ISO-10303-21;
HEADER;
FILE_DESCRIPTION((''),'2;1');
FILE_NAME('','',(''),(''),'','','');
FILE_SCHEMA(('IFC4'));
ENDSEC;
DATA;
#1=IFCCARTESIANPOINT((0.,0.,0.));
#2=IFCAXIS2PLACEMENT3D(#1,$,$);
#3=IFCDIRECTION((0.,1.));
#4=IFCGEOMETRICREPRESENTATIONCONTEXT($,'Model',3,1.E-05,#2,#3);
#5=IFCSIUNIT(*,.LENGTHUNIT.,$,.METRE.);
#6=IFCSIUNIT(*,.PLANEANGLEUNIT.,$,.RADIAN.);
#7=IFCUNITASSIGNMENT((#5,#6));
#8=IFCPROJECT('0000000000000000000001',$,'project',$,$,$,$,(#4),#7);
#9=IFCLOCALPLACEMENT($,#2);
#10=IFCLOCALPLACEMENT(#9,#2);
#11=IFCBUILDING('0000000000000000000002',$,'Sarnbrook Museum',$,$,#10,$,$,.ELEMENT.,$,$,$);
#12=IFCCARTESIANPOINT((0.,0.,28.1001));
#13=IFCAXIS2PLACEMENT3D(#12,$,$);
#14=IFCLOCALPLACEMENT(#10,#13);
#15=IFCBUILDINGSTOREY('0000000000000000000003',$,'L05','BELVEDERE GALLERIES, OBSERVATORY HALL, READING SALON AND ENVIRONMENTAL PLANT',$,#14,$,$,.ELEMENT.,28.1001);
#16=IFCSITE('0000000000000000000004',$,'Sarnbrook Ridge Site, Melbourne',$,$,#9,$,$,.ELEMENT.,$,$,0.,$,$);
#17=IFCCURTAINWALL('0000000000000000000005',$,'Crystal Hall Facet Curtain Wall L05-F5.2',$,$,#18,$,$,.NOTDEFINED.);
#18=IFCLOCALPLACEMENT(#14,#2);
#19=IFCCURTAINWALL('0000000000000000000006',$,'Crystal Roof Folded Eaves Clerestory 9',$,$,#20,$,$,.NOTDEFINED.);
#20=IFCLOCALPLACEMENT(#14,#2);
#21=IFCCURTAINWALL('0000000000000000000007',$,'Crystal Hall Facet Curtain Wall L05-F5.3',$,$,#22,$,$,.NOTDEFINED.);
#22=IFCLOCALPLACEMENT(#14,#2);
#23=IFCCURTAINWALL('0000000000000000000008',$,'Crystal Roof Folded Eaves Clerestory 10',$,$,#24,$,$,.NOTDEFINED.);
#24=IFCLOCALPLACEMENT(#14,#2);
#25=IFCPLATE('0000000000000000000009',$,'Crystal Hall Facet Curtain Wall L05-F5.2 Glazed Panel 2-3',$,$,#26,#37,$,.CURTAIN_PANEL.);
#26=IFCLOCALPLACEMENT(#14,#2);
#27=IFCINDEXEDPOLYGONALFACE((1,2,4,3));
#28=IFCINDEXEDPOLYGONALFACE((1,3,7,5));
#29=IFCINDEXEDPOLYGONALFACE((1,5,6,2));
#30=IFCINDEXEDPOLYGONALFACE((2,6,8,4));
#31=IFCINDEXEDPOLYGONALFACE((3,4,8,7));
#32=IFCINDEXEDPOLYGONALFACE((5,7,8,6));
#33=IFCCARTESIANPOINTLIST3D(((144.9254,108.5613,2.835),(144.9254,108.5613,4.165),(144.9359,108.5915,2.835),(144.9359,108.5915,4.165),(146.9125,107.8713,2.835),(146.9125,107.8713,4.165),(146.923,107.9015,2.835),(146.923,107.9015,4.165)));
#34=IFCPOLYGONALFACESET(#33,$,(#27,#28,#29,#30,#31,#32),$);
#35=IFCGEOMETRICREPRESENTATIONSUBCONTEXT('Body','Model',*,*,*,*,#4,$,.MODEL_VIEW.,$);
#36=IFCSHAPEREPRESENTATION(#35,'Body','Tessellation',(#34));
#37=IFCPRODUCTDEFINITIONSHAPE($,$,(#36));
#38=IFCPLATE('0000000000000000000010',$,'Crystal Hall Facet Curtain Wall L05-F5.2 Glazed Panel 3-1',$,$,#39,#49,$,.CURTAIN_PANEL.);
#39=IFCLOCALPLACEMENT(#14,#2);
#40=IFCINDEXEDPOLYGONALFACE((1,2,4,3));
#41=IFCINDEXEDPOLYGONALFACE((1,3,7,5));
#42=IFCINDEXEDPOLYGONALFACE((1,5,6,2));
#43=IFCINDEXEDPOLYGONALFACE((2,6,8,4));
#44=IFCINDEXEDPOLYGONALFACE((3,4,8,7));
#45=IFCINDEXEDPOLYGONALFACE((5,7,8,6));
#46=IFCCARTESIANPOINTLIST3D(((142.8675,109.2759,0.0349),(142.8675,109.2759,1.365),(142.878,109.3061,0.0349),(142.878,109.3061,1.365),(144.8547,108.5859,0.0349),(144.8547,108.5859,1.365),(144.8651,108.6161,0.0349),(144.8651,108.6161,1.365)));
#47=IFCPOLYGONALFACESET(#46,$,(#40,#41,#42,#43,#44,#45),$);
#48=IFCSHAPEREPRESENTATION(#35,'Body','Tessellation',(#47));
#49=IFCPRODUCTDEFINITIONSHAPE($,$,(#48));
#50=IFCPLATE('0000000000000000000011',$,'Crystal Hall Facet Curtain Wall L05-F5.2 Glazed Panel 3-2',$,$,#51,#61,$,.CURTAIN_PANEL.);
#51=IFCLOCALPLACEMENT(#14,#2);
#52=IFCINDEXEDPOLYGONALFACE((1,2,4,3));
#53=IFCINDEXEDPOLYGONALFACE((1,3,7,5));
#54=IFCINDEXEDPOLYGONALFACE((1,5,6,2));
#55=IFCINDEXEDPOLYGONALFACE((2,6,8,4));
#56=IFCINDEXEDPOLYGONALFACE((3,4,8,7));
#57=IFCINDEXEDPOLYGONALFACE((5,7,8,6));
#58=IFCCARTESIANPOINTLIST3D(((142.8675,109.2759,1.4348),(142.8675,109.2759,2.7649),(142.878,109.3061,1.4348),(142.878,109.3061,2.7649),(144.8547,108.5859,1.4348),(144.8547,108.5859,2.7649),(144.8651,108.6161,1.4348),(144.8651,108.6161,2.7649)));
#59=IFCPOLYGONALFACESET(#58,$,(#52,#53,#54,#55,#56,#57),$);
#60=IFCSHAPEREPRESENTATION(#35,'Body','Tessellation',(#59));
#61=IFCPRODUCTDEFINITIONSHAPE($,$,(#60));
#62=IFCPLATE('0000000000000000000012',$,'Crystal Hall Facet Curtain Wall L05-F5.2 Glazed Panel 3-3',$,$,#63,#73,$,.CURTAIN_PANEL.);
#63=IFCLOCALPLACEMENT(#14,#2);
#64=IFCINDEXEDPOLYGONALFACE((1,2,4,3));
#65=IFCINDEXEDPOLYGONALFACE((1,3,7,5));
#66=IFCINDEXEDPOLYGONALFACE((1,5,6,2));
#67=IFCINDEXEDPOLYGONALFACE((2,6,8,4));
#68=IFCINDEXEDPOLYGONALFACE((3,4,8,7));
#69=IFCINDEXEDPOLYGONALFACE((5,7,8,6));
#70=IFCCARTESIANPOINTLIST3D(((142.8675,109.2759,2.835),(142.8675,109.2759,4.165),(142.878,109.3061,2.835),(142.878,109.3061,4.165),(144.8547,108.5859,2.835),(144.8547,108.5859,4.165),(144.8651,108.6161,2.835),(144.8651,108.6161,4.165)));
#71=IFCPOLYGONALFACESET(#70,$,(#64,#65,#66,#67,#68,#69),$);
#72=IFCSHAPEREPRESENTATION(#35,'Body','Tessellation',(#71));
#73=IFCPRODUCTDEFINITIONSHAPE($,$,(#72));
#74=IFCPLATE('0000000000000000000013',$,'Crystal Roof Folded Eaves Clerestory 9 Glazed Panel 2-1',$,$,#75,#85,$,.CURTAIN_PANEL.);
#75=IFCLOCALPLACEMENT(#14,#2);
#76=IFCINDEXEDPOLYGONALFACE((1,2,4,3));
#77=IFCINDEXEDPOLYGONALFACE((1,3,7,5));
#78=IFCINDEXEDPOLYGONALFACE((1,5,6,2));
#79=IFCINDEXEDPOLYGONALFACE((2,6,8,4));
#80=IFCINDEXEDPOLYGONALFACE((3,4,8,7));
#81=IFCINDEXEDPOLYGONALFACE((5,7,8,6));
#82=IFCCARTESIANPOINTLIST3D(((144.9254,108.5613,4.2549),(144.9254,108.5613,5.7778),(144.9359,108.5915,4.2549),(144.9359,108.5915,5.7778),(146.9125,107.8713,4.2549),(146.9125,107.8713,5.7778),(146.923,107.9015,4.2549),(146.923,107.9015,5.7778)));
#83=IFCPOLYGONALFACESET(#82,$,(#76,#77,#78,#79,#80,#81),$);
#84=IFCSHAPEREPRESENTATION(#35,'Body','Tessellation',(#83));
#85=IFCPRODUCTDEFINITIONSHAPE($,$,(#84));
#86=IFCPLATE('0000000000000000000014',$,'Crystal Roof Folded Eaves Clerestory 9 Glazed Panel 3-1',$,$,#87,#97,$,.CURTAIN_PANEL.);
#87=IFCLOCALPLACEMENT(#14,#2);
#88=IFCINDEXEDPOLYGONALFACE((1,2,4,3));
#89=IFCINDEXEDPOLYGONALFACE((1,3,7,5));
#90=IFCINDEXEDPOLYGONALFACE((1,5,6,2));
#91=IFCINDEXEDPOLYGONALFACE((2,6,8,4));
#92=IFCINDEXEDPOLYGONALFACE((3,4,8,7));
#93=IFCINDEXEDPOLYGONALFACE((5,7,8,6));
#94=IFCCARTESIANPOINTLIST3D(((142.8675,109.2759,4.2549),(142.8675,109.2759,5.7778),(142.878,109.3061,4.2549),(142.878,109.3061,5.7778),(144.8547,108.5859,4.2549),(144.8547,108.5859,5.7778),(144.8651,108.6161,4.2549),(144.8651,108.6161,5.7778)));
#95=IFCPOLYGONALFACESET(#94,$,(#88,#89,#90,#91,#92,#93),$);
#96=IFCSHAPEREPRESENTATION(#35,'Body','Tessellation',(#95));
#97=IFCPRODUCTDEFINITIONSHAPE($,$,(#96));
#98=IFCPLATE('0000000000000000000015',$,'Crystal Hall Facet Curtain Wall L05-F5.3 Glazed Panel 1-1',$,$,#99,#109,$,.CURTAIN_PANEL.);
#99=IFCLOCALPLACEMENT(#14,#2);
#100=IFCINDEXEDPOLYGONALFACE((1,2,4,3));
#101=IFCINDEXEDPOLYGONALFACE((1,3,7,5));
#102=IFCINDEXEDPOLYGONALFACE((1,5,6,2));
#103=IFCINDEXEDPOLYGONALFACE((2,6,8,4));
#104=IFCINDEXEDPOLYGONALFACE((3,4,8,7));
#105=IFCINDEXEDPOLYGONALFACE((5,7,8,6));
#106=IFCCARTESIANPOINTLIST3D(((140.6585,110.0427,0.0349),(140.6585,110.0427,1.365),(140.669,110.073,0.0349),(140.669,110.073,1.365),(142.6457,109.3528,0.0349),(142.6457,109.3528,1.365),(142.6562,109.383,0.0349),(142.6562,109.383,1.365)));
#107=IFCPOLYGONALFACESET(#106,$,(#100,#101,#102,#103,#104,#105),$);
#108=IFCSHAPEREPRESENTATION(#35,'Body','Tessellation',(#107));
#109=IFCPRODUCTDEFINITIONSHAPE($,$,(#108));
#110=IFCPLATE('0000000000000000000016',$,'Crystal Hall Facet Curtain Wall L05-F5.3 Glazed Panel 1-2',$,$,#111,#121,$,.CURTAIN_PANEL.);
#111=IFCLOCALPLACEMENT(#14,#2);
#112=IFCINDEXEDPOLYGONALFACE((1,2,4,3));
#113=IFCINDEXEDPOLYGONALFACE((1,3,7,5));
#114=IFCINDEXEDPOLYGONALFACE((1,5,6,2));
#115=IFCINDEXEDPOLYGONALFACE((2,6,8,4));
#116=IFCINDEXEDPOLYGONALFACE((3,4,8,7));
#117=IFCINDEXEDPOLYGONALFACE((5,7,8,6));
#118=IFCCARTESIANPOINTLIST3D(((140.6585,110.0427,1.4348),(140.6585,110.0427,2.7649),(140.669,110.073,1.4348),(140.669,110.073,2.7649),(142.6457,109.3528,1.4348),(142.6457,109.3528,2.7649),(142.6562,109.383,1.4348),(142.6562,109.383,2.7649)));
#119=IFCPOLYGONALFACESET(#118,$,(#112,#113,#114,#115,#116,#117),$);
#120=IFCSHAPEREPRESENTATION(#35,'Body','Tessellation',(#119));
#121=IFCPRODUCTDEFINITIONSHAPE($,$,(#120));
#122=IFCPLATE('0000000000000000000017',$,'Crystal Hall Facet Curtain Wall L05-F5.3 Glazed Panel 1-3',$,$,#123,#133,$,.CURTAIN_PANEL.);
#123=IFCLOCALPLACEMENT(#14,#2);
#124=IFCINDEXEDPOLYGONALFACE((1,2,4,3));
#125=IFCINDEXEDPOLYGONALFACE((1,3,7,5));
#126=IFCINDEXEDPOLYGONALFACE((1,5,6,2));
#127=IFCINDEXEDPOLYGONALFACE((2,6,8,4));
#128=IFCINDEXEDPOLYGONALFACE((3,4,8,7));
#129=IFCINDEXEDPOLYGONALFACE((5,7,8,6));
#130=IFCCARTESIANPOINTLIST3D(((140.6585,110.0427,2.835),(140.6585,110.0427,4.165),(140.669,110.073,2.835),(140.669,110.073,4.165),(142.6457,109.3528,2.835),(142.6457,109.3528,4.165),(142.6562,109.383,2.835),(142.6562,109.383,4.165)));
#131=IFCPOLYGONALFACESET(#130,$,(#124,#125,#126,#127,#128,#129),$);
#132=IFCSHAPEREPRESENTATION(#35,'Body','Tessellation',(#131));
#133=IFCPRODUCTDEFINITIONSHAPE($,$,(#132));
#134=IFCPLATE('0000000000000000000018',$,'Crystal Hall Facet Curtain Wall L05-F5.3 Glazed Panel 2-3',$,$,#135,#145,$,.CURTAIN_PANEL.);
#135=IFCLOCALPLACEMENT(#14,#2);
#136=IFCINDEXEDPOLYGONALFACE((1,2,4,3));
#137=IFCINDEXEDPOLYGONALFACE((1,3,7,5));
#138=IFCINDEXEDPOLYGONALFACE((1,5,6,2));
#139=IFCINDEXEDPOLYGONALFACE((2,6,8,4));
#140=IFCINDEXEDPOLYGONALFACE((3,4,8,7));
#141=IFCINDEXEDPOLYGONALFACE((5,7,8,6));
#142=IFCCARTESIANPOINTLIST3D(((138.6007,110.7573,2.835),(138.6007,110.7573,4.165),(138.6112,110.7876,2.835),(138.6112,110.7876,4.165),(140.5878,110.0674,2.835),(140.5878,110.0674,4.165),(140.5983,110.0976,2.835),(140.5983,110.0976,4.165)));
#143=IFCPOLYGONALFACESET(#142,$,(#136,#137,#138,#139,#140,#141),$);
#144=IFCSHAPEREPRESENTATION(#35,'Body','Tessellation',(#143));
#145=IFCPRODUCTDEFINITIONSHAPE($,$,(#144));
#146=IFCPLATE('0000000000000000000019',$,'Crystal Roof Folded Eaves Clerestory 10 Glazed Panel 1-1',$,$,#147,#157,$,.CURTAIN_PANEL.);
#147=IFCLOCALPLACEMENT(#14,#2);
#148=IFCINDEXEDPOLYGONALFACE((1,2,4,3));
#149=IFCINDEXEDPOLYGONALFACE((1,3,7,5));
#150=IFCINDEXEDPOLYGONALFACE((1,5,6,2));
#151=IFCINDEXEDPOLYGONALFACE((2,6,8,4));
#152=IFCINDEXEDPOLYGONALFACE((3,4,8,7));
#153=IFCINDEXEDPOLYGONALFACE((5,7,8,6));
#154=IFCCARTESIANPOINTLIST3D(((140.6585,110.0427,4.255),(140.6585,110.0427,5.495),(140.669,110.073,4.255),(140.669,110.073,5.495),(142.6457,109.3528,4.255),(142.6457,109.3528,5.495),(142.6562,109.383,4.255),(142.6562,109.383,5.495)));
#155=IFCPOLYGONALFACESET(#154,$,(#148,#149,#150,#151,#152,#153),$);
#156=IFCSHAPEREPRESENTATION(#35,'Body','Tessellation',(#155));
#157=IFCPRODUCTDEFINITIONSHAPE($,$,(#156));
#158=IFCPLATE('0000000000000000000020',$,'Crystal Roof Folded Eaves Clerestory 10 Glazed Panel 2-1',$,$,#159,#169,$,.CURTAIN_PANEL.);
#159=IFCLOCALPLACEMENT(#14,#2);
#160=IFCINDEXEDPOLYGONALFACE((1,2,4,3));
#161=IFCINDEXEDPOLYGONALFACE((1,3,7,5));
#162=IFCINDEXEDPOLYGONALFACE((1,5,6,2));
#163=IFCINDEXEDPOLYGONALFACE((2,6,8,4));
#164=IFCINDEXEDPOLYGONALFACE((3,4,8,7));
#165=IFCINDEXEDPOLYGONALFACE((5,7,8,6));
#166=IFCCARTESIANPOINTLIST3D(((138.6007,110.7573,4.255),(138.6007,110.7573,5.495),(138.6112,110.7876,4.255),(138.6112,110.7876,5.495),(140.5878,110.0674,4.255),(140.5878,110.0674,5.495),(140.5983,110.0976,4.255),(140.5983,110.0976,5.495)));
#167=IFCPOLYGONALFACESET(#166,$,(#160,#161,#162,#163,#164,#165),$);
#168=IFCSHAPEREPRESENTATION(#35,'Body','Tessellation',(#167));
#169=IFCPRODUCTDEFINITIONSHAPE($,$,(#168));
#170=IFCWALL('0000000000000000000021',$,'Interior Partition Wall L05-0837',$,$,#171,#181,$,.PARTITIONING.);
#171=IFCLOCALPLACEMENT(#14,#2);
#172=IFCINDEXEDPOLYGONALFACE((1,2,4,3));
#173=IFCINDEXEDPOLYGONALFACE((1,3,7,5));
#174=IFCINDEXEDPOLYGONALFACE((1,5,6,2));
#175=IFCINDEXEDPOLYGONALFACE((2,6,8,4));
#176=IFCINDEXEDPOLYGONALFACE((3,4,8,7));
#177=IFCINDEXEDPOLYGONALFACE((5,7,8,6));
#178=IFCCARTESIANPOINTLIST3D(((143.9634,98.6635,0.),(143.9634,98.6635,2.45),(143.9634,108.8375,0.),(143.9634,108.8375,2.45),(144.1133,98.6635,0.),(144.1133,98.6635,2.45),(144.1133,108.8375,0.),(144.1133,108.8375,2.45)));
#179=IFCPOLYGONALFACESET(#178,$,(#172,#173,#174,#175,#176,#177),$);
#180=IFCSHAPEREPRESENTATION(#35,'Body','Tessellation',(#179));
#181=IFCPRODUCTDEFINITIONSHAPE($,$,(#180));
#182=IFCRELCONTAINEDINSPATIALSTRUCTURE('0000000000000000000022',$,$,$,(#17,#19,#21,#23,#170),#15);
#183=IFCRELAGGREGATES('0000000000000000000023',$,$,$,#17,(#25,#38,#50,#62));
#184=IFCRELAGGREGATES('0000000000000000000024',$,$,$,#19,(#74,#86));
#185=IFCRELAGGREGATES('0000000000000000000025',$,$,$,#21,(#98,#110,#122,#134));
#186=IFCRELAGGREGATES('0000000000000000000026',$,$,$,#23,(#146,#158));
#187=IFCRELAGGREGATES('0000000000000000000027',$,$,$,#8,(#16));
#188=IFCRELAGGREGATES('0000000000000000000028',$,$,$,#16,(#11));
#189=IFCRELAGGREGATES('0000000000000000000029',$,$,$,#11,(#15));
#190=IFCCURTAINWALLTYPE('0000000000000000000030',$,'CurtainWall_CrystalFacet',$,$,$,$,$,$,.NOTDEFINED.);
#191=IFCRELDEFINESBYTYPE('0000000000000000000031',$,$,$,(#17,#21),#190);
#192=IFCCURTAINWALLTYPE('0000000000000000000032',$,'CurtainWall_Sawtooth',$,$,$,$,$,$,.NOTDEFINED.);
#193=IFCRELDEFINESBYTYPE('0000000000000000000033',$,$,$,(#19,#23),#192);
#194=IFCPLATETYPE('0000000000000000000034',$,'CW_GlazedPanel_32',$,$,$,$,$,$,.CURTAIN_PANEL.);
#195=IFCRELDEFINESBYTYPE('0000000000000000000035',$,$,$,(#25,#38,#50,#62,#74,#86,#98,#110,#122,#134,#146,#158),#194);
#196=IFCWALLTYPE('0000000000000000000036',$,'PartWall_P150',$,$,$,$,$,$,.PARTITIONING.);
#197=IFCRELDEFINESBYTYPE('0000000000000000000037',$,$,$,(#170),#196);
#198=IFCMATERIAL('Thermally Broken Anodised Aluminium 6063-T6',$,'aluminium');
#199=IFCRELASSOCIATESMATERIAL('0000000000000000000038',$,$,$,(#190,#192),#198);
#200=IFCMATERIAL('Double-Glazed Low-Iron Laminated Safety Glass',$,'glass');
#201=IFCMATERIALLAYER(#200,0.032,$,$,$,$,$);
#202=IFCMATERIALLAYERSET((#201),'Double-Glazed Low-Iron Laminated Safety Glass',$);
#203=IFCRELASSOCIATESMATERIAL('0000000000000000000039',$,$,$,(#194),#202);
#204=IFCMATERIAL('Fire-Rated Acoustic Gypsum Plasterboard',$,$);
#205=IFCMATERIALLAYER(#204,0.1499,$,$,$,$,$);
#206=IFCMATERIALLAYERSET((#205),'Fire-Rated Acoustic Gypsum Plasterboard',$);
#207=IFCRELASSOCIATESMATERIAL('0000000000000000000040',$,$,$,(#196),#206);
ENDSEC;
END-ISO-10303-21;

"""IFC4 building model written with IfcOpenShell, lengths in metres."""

from ifc_helpers import new_model, si_unit, direction, frame, frame_2d, origin, origin_2d, place, context, subcontext, project, spatial, rectangle, extrude, material, layer, layer_set, type_object, element, aggregate, save


model = new_model("IFC4")

# Units and contexts
model_context = context("Model", 3, precision=1e-05, world=origin(), true_north=direction((0.0, 1.0)))
body_context = subcontext(model_context, "Body", "Model", "MODEL_VIEW")
ifc_project = project(units=[si_unit("LENGTHUNIT", "METRE"), si_unit("PLANEANGLEUNIT", "RADIAN")], contexts=[model_context])

# Site, building, storey
site_placement = place(None, origin())
site = spatial("IfcSite", under=ifc_project, at=site_placement, Name="Sarnbrook Ridge Site, Melbourne", CompositionType="ELEMENT", RefElevation=0.0)
building_placement = place(site_placement, origin())
building = spatial("IfcBuilding", under=site, at=building_placement, Name="Sarnbrook Museum", CompositionType="ELEMENT")
storey_placement = place(building_placement, frame((0.0, 0.0, 28.1001)))
storey = spatial("IfcBuildingStorey", under=building, at=storey_placement, Name="L05", Description="BELVEDERE GALLERIES, OBSERVATORY HALL, READING SALON AND ENVIRONMENTAL PLANT", CompositionType="ELEMENT", Elevation=28.1001)

# Curtain walls
ifc_material_1 = material(Name="Thermally Broken Anodised Aluminium 6063-T6", Category="aluminium")
curtain_wall_type_1 = type_object("IfcCurtainWallType", Name="CurtainWall_CrystalFacet", PredefinedType="NOTDEFINED", material=ifc_material_1)
curtain_wall_1_placement = place(storey_placement, origin())
curtain_wall_1 = element("IfcCurtainWall", 1, at=curtain_wall_1_placement, inside=storey, type_object=curtain_wall_type_1, Name="Crystal Hall Facet Curtain Wall L05-F5.2", PredefinedType="NOTDEFINED")
curtain_wall_type_2 = type_object("IfcCurtainWallType", Name="CurtainWall_Sawtooth", PredefinedType="NOTDEFINED", material=ifc_material_1)
curtain_wall_2_placement = place(storey_placement, origin())
curtain_wall_2 = element("IfcCurtainWall", 2, at=curtain_wall_2_placement, inside=storey, type_object=curtain_wall_type_2, Name="Crystal Roof Folded Eaves Clerestory 9", PredefinedType="NOTDEFINED")
curtain_wall_3_placement = place(storey_placement, origin())
curtain_wall_3 = element("IfcCurtainWall", 3, at=curtain_wall_3_placement, inside=storey, type_object=curtain_wall_type_1, Name="Crystal Hall Facet Curtain Wall L05-F5.3", PredefinedType="NOTDEFINED")
curtain_wall_4_placement = place(storey_placement, origin())
curtain_wall_4 = element("IfcCurtainWall", 4, at=curtain_wall_4_placement, inside=storey, type_object=curtain_wall_type_2, Name="Crystal Roof Folded Eaves Clerestory 10", PredefinedType="NOTDEFINED")

# Plates
ifc_material_2 = material(Name="Double-Glazed Low-Iron Laminated Safety Glass", Category="glass")
ifc_layer_1 = layer(ifc_material_2, 0.032)
ifc_layer_set_1 = layer_set([ifc_layer_1], Name="Double-Glazed Low-Iron Laminated Safety Glass")
plate_type = type_object("IfcPlateType", Name="CW_GlazedPanel_32", PredefinedType="CURTAIN_PANEL", material=ifc_layer_set_1)
plate_1_placement = place(storey_placement, frame((145.9189, 108.2163, 3.5), z_axis=(0.328015, 0.944673, 0.0), x_axis=(-0.944673, 0.328015, 0.0)))
plate_1 = element("IfcPlate", 5, at=plate_1_placement, type_object=plate_type, Name="Crystal Hall Facet Curtain Wall L05-F5.2 Glazed Panel 2-3", PredefinedType="CURTAIN_PANEL", context=body_context, shape_type="SweptSolid", body=[
    extrude(rectangle(XDim=2.1035, YDim=1.3301, at=origin_2d()), origin(), (0.0, 0.0, 1.0), 0.032),
])
plate_2_placement = place(storey_placement, frame((143.8611, 108.9309, 0.7), z_axis=(0.328015, 0.944673, 0.0), x_axis=(-0.944673, 0.328015, 0.0)))
plate_2 = element("IfcPlate", 6, at=plate_2_placement, type_object=plate_type, Name="Crystal Hall Facet Curtain Wall L05-F5.2 Glazed Panel 3-1", PredefinedType="CURTAIN_PANEL", context=body_context, shape_type="SweptSolid", body=[
    extrude(rectangle(XDim=2.1035, YDim=1.3301, at=origin_2d()), origin(), (0.0, 0.0, 1.0), 0.032),
])
plate_3_placement = place(storey_placement, frame((143.8611, 108.9309, 2.0999), z_axis=(0.328015, 0.944673, 0.0), x_axis=(-0.944673, 0.328015, 0.0)))
plate_3 = element("IfcPlate", 7, at=plate_3_placement, type_object=plate_type, Name="Crystal Hall Facet Curtain Wall L05-F5.2 Glazed Panel 3-2", PredefinedType="CURTAIN_PANEL", context=body_context, shape_type="SweptSolid", body=[
    extrude(rectangle(XDim=2.1035, YDim=1.3301, at=origin_2d()), origin(), (0.0, 0.0, 1.0), 0.032),
])
plate_4_placement = place(storey_placement, frame((143.8611, 108.9309, 3.5), z_axis=(0.328015, 0.944673, 0.0), x_axis=(-0.944673, 0.328015, 0.0)))
plate_4 = element("IfcPlate", 8, at=plate_4_placement, type_object=plate_type, Name="Crystal Hall Facet Curtain Wall L05-F5.2 Glazed Panel 3-3", PredefinedType="CURTAIN_PANEL", context=body_context, shape_type="SweptSolid", body=[
    extrude(rectangle(XDim=2.1035, YDim=1.3301, at=origin_2d()), origin(), (0.0, 0.0, 1.0), 0.032),
])
aggregate(curtain_wall_1, [plate_1, plate_2, plate_3, plate_4])
plate_5_placement = place(storey_placement, frame((145.9189, 108.2163, 5.0164), z_axis=(0.328015, 0.944673, 0.0), x_axis=(-0.944673, 0.328015, 0.0)))
plate_5 = element("IfcPlate", 9, at=plate_5_placement, type_object=plate_type, Name="Crystal Roof Folded Eaves Clerestory 9 Glazed Panel 2-1", PredefinedType="CURTAIN_PANEL", context=body_context, shape_type="SweptSolid", body=[
    extrude(rectangle(XDim=2.1035, YDim=1.5229, at=origin_2d()), origin(), (0.0, 0.0, 1.0), 0.032),
])
plate_6_placement = place(storey_placement, frame((143.8611, 108.9309, 5.0164), z_axis=(0.328015, 0.944673, 0.0), x_axis=(-0.944673, 0.328015, 0.0)))
plate_6 = element("IfcPlate", 10, at=plate_6_placement, type_object=plate_type, Name="Crystal Roof Folded Eaves Clerestory 9 Glazed Panel 3-1", PredefinedType="CURTAIN_PANEL", context=body_context, shape_type="SweptSolid", body=[
    extrude(rectangle(XDim=2.1035, YDim=1.5229, at=origin_2d()), origin(), (0.0, 0.0, 1.0), 0.032),
])
aggregate(curtain_wall_2, [plate_5, plate_6])
plate_7_placement = place(storey_placement, frame((141.6521, 109.6978, 0.7), z_axis=(0.328015, 0.944673, 0.0), x_axis=(-0.944673, 0.328015, 0.0)))
plate_7 = element("IfcPlate", 11, at=plate_7_placement, type_object=plate_type, Name="Crystal Hall Facet Curtain Wall L05-F5.3 Glazed Panel 1-1", PredefinedType="CURTAIN_PANEL", context=body_context, shape_type="SweptSolid", body=[
    extrude(rectangle(XDim=2.1035, YDim=1.3301, at=origin_2d()), origin(), (0.0, 0.0, 1.0), 0.032),
])
plate_8_placement = place(storey_placement, frame((141.6521, 109.6978, 2.0999), z_axis=(0.328015, 0.944673, 0.0), x_axis=(-0.944673, 0.328015, 0.0)))
plate_8 = element("IfcPlate", 12, at=plate_8_placement, type_object=plate_type, Name="Crystal Hall Facet Curtain Wall L05-F5.3 Glazed Panel 1-2", PredefinedType="CURTAIN_PANEL", context=body_context, shape_type="SweptSolid", body=[
    extrude(rectangle(XDim=2.1035, YDim=1.3301, at=origin_2d()), origin(), (0.0, 0.0, 1.0), 0.032),
])
plate_9_placement = place(storey_placement, frame((141.6521, 109.6978, 3.5), z_axis=(0.328015, 0.944673, 0.0), x_axis=(-0.944673, 0.328015, 0.0)))
plate_9 = element("IfcPlate", 13, at=plate_9_placement, type_object=plate_type, Name="Crystal Hall Facet Curtain Wall L05-F5.3 Glazed Panel 1-3", PredefinedType="CURTAIN_PANEL", context=body_context, shape_type="SweptSolid", body=[
    extrude(rectangle(XDim=2.1035, YDim=1.3301, at=origin_2d()), origin(), (0.0, 0.0, 1.0), 0.032),
])
plate_10_placement = place(storey_placement, frame((139.5942, 110.4124, 3.5), z_axis=(0.328015, 0.944673, 0.0), x_axis=(-0.944673, 0.328015, 0.0)))
plate_10 = element("IfcPlate", 14, at=plate_10_placement, type_object=plate_type, Name="Crystal Hall Facet Curtain Wall L05-F5.3 Glazed Panel 2-3", PredefinedType="CURTAIN_PANEL", context=body_context, shape_type="SweptSolid", body=[
    extrude(rectangle(XDim=2.1035, YDim=1.3301, at=origin_2d()), origin(), (0.0, 0.0, 1.0), 0.032),
])
aggregate(curtain_wall_3, [plate_7, plate_8, plate_9, plate_10])
plate_11_placement = place(storey_placement, frame((141.6521, 109.6978, 4.875), z_axis=(0.328015, 0.944673, 0.0), x_axis=(-0.944673, 0.328015, 0.0)))
plate_11 = element("IfcPlate", 15, at=plate_11_placement, type_object=plate_type, Name="Crystal Roof Folded Eaves Clerestory 10 Glazed Panel 1-1", PredefinedType="CURTAIN_PANEL", context=body_context, shape_type="SweptSolid", body=[
    extrude(rectangle(XDim=2.1035, YDim=1.24, at=origin_2d()), origin(), (0.0, 0.0, 1.0), 0.032),
])
plate_12_placement = place(storey_placement, frame((139.5942, 110.4124, 4.875), z_axis=(0.328015, 0.944673, 0.0), x_axis=(-0.944673, 0.328015, 0.0)))
plate_12 = element("IfcPlate", 16, at=plate_12_placement, type_object=plate_type, Name="Crystal Roof Folded Eaves Clerestory 10 Glazed Panel 2-1", PredefinedType="CURTAIN_PANEL", context=body_context, shape_type="SweptSolid", body=[
    extrude(rectangle(XDim=2.1035, YDim=1.24, at=origin_2d()), origin(), (0.0, 0.0, 1.0), 0.032),
])
aggregate(curtain_wall_4, [plate_11, plate_12])

# Wall
ifc_material_3 = material(Name="Fire-Rated Acoustic Gypsum Plasterboard")
ifc_layer_2 = layer(ifc_material_3, 0.1499)
ifc_layer_set_2 = layer_set([ifc_layer_2], Name="Fire-Rated Acoustic Gypsum Plasterboard")
wall_type = type_object("IfcWallType", Name="PartWall_P150", PredefinedType="PARTITIONING", material=ifc_layer_set_2)
wall_placement = place(storey_placement, frame((144.0383, 108.8374, 0.0), z_axis=(0.0, 0.0, 1.0), x_axis=(0.0, -1.0, 0.0)))
element("IfcWall", 17, at=wall_placement, inside=storey, type_object=wall_type, Name="Interior Partition Wall L05-0837", PredefinedType="PARTITIONING", context=body_context, shape_type="SweptSolid", body=[
    extrude(rectangle(XDim=10.1741, YDim=0.1499, at=frame_2d((5.0869, 0.0))), origin(), (0.0, 0.0, 1.0), 2.45),
])

save(model, "model.ifc")
